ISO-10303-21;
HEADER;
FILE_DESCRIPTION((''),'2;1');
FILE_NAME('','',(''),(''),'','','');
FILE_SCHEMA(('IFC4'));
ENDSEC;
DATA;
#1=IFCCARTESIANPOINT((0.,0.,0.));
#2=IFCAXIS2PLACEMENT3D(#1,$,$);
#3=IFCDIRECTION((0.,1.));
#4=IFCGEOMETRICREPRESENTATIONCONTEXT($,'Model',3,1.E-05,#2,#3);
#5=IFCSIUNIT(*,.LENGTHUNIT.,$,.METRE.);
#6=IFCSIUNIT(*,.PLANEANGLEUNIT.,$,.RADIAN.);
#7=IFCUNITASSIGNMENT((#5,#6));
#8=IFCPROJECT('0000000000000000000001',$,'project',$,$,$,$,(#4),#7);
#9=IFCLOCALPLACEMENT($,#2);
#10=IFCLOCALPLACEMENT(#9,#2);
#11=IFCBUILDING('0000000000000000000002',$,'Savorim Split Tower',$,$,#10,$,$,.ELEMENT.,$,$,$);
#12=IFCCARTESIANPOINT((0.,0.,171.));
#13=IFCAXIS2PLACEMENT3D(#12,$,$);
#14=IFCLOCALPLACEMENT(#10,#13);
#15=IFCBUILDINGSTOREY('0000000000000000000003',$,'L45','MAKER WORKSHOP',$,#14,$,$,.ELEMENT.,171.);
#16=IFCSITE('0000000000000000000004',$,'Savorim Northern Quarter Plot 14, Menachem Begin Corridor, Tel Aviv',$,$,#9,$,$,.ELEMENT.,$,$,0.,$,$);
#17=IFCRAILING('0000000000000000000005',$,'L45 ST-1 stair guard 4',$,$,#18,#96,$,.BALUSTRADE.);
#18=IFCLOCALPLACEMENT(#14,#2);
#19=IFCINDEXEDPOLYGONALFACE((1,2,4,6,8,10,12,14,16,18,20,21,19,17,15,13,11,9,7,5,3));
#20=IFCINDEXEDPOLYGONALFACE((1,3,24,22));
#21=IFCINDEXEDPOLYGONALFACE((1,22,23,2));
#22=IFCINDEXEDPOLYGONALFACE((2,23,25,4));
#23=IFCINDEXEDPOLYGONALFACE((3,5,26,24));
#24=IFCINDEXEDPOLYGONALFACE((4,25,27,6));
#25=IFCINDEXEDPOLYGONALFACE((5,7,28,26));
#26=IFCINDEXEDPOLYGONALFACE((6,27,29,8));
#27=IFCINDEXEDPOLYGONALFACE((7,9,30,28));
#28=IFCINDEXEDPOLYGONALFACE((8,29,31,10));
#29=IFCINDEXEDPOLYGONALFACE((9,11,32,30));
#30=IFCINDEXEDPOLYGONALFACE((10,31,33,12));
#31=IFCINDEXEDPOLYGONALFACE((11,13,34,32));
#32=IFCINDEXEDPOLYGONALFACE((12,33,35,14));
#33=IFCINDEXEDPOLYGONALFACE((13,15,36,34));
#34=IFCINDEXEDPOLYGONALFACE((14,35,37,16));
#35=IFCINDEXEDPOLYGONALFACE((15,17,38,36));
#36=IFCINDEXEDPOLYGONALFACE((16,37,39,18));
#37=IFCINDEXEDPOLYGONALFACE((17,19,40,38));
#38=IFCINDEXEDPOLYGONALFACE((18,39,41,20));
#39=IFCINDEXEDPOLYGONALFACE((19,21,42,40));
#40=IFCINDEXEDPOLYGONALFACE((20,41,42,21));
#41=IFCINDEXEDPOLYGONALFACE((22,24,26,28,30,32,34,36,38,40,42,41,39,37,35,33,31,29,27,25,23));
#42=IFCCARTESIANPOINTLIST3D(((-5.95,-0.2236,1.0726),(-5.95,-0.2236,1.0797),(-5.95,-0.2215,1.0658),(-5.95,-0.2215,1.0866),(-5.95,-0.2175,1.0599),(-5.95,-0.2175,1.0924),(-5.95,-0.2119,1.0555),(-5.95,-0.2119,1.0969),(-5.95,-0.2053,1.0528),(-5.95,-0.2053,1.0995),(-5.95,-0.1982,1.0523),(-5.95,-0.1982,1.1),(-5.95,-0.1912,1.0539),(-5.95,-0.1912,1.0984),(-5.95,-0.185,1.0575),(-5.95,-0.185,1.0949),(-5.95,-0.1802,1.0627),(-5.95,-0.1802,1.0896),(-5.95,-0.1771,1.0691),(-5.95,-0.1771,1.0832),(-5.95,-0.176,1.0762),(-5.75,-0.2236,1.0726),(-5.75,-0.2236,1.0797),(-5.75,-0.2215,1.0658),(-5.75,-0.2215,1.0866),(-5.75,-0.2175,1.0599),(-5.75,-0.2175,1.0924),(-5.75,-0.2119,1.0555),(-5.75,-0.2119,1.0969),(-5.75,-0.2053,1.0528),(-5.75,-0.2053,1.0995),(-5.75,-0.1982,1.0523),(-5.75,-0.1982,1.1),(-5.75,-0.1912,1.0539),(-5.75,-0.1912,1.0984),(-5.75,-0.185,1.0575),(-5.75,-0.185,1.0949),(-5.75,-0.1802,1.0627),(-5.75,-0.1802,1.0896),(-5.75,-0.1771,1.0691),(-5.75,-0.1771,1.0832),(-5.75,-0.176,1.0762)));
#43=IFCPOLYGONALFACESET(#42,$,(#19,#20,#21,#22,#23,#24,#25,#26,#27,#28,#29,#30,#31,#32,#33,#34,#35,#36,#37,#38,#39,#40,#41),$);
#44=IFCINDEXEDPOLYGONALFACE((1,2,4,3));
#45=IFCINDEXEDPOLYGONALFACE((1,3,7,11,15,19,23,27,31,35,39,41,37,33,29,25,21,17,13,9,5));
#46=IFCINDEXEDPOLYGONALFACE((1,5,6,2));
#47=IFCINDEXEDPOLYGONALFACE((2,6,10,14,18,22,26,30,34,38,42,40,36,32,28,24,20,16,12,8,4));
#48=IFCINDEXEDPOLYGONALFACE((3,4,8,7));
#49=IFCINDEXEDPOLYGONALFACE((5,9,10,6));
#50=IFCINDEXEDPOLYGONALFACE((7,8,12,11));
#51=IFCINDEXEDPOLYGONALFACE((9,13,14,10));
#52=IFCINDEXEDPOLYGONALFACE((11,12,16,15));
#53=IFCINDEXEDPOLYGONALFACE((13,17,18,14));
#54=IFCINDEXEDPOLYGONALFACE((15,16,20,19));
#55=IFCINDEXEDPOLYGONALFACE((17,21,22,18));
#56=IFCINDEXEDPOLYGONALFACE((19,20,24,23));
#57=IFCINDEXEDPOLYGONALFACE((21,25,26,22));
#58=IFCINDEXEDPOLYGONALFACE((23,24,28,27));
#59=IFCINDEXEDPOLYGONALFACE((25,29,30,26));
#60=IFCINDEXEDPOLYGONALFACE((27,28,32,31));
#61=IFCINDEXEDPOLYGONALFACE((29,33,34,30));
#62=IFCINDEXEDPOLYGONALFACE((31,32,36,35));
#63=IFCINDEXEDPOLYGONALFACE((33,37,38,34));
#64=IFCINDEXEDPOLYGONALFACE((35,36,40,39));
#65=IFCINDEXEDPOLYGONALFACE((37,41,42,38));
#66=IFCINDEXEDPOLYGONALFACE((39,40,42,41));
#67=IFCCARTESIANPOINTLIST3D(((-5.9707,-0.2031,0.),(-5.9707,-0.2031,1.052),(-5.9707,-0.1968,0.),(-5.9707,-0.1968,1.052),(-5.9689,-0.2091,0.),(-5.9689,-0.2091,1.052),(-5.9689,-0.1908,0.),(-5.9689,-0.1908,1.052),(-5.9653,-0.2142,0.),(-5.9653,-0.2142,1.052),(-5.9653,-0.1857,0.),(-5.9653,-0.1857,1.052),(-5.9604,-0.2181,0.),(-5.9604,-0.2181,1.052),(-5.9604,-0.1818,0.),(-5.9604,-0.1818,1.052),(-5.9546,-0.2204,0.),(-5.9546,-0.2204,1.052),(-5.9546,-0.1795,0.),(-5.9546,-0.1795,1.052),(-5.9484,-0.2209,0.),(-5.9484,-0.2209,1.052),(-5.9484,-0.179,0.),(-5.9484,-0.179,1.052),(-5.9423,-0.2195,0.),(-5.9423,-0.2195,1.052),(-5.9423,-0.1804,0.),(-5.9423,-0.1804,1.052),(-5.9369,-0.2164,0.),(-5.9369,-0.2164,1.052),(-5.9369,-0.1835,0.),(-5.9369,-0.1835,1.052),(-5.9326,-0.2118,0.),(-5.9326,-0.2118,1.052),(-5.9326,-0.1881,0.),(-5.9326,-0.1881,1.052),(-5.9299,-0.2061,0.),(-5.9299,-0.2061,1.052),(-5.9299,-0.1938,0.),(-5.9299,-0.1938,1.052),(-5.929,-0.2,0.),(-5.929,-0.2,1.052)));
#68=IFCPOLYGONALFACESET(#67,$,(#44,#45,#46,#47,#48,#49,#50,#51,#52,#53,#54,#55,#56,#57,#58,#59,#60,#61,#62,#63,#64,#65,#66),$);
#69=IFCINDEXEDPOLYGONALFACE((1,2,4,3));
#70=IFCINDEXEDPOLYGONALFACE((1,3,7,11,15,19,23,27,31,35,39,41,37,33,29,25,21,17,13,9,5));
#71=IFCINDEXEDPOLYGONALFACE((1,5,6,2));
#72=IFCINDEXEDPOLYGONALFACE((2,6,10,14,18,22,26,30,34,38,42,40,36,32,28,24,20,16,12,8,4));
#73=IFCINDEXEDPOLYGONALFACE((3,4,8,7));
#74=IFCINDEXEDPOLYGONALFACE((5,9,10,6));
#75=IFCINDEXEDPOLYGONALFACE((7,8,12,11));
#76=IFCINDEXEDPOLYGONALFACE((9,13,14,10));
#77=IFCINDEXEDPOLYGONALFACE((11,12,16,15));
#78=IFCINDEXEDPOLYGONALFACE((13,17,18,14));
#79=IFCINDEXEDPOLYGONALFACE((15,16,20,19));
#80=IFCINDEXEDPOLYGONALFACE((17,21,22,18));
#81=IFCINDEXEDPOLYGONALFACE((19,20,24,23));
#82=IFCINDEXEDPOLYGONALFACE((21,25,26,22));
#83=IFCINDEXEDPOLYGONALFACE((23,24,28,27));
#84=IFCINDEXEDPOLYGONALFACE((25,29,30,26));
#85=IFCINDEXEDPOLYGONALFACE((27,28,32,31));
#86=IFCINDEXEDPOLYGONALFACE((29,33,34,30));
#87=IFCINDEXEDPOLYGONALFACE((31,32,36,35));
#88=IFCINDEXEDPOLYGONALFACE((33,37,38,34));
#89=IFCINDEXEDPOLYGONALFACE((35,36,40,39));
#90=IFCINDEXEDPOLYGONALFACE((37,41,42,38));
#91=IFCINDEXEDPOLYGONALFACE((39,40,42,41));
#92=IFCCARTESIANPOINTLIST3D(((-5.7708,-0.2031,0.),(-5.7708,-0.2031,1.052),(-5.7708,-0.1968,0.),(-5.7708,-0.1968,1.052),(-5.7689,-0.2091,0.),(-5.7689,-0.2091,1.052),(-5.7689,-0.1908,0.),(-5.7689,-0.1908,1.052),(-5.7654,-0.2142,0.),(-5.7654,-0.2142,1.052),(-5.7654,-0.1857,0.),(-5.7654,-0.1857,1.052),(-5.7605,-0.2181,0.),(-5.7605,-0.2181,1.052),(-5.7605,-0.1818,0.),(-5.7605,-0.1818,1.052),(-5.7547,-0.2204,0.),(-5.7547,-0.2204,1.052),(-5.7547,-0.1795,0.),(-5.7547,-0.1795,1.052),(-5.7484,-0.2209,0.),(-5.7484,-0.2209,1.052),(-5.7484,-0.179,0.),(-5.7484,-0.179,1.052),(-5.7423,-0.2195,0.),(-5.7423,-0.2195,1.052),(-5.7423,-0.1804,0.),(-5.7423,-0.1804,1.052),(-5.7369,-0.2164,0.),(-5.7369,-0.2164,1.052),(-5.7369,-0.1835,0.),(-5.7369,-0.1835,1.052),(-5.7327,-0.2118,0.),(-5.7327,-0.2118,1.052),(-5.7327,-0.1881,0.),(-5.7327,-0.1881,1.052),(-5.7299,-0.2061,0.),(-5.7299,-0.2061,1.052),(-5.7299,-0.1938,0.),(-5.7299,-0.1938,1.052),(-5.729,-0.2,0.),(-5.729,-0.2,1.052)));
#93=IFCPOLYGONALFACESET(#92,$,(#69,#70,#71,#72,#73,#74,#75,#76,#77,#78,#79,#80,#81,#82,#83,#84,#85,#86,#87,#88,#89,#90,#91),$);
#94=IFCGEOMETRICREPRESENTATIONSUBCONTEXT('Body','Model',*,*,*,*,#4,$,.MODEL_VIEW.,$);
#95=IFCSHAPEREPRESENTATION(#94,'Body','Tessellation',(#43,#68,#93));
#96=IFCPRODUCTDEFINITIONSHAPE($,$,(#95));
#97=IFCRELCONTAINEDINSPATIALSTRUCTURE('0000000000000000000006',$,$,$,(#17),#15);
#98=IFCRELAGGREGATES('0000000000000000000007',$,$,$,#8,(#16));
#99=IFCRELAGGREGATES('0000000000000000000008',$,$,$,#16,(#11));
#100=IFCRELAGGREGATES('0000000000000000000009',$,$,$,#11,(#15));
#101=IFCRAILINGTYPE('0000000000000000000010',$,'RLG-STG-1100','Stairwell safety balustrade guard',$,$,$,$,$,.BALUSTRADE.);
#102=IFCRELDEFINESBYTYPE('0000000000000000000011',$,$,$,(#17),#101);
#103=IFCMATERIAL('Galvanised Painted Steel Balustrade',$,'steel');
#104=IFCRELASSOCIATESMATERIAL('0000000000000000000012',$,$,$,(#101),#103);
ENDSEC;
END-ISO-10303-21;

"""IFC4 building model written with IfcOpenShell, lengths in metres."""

from ifc_helpers import new_model, si_unit, direction, frame, origin, origin_2d, place, context, subcontext, project, spatial, circle, extrude, material, type_object, element, save


model = new_model("IFC4")

# Units and contexts
model_context = context("Model", 3, precision=1e-05, world=origin(), true_north=direction((0.0, 1.0)))
body_context = subcontext(model_context, "Body", "Model", "MODEL_VIEW")
ifc_project = project(units=[si_unit("LENGTHUNIT", "METRE"), si_unit("PLANEANGLEUNIT", "RADIAN")], contexts=[model_context])

# Site, building, storey
site_placement = place(None, origin())
site = spatial("IfcSite", under=ifc_project, at=site_placement, Name="Savorim Northern Quarter Plot 14, Menachem Begin Corridor, Tel Aviv", CompositionType="ELEMENT", RefElevation=0.0)
building_placement = place(site_placement, origin())
building = spatial("IfcBuilding", under=site, at=building_placement, Name="Savorim Split Tower", CompositionType="ELEMENT")
storey_placement = place(building_placement, frame((0.0, 0.0, 171.0)))
storey = spatial("IfcBuildingStorey", under=building, at=storey_placement, Name="L45", Description="MAKER WORKSHOP", CompositionType="ELEMENT", Elevation=171.0)

# Railing
ifc_material_1 = material(Name="Galvanised Painted Steel Balustrade", Category="steel")
railing_type_1 = type_object("IfcRailingType", Name="RLG-STG-1100", Description="Stairwell safety balustrade guard", PredefinedType="BALUSTRADE", material=ifc_material_1)
railing_1_placement = place(storey_placement, frame((-5.95, -0.2, 0.0)))
element("IfcRailing", 1, at=railing_1_placement, inside=storey, type_object=railing_type_1, Name="L45 ST-1 stair guard 4", PredefinedType="BALUSTRADE", context=body_context, shape_type="SweptSolid", body=[
    extrude(circle(Radius=0.0239, at=origin_2d()), frame((0.0, 0.0, 1.0762), z_axis=(1.0, 0.0, 0.0), x_axis=(0.0, 1.0, 0.0)), (0.0, 0.0, 1.0), 0.2),
    extrude(circle(Radius=0.021, at=origin_2d()), origin(), (0.0, 0.0, 1.0), 1.052),
    extrude(circle(Radius=0.021, at=origin_2d()), frame((0.2, 0.0, 0.0)), (0.0, 0.0, 1.0), 1.052),
])

save(model, "model.ifc")
